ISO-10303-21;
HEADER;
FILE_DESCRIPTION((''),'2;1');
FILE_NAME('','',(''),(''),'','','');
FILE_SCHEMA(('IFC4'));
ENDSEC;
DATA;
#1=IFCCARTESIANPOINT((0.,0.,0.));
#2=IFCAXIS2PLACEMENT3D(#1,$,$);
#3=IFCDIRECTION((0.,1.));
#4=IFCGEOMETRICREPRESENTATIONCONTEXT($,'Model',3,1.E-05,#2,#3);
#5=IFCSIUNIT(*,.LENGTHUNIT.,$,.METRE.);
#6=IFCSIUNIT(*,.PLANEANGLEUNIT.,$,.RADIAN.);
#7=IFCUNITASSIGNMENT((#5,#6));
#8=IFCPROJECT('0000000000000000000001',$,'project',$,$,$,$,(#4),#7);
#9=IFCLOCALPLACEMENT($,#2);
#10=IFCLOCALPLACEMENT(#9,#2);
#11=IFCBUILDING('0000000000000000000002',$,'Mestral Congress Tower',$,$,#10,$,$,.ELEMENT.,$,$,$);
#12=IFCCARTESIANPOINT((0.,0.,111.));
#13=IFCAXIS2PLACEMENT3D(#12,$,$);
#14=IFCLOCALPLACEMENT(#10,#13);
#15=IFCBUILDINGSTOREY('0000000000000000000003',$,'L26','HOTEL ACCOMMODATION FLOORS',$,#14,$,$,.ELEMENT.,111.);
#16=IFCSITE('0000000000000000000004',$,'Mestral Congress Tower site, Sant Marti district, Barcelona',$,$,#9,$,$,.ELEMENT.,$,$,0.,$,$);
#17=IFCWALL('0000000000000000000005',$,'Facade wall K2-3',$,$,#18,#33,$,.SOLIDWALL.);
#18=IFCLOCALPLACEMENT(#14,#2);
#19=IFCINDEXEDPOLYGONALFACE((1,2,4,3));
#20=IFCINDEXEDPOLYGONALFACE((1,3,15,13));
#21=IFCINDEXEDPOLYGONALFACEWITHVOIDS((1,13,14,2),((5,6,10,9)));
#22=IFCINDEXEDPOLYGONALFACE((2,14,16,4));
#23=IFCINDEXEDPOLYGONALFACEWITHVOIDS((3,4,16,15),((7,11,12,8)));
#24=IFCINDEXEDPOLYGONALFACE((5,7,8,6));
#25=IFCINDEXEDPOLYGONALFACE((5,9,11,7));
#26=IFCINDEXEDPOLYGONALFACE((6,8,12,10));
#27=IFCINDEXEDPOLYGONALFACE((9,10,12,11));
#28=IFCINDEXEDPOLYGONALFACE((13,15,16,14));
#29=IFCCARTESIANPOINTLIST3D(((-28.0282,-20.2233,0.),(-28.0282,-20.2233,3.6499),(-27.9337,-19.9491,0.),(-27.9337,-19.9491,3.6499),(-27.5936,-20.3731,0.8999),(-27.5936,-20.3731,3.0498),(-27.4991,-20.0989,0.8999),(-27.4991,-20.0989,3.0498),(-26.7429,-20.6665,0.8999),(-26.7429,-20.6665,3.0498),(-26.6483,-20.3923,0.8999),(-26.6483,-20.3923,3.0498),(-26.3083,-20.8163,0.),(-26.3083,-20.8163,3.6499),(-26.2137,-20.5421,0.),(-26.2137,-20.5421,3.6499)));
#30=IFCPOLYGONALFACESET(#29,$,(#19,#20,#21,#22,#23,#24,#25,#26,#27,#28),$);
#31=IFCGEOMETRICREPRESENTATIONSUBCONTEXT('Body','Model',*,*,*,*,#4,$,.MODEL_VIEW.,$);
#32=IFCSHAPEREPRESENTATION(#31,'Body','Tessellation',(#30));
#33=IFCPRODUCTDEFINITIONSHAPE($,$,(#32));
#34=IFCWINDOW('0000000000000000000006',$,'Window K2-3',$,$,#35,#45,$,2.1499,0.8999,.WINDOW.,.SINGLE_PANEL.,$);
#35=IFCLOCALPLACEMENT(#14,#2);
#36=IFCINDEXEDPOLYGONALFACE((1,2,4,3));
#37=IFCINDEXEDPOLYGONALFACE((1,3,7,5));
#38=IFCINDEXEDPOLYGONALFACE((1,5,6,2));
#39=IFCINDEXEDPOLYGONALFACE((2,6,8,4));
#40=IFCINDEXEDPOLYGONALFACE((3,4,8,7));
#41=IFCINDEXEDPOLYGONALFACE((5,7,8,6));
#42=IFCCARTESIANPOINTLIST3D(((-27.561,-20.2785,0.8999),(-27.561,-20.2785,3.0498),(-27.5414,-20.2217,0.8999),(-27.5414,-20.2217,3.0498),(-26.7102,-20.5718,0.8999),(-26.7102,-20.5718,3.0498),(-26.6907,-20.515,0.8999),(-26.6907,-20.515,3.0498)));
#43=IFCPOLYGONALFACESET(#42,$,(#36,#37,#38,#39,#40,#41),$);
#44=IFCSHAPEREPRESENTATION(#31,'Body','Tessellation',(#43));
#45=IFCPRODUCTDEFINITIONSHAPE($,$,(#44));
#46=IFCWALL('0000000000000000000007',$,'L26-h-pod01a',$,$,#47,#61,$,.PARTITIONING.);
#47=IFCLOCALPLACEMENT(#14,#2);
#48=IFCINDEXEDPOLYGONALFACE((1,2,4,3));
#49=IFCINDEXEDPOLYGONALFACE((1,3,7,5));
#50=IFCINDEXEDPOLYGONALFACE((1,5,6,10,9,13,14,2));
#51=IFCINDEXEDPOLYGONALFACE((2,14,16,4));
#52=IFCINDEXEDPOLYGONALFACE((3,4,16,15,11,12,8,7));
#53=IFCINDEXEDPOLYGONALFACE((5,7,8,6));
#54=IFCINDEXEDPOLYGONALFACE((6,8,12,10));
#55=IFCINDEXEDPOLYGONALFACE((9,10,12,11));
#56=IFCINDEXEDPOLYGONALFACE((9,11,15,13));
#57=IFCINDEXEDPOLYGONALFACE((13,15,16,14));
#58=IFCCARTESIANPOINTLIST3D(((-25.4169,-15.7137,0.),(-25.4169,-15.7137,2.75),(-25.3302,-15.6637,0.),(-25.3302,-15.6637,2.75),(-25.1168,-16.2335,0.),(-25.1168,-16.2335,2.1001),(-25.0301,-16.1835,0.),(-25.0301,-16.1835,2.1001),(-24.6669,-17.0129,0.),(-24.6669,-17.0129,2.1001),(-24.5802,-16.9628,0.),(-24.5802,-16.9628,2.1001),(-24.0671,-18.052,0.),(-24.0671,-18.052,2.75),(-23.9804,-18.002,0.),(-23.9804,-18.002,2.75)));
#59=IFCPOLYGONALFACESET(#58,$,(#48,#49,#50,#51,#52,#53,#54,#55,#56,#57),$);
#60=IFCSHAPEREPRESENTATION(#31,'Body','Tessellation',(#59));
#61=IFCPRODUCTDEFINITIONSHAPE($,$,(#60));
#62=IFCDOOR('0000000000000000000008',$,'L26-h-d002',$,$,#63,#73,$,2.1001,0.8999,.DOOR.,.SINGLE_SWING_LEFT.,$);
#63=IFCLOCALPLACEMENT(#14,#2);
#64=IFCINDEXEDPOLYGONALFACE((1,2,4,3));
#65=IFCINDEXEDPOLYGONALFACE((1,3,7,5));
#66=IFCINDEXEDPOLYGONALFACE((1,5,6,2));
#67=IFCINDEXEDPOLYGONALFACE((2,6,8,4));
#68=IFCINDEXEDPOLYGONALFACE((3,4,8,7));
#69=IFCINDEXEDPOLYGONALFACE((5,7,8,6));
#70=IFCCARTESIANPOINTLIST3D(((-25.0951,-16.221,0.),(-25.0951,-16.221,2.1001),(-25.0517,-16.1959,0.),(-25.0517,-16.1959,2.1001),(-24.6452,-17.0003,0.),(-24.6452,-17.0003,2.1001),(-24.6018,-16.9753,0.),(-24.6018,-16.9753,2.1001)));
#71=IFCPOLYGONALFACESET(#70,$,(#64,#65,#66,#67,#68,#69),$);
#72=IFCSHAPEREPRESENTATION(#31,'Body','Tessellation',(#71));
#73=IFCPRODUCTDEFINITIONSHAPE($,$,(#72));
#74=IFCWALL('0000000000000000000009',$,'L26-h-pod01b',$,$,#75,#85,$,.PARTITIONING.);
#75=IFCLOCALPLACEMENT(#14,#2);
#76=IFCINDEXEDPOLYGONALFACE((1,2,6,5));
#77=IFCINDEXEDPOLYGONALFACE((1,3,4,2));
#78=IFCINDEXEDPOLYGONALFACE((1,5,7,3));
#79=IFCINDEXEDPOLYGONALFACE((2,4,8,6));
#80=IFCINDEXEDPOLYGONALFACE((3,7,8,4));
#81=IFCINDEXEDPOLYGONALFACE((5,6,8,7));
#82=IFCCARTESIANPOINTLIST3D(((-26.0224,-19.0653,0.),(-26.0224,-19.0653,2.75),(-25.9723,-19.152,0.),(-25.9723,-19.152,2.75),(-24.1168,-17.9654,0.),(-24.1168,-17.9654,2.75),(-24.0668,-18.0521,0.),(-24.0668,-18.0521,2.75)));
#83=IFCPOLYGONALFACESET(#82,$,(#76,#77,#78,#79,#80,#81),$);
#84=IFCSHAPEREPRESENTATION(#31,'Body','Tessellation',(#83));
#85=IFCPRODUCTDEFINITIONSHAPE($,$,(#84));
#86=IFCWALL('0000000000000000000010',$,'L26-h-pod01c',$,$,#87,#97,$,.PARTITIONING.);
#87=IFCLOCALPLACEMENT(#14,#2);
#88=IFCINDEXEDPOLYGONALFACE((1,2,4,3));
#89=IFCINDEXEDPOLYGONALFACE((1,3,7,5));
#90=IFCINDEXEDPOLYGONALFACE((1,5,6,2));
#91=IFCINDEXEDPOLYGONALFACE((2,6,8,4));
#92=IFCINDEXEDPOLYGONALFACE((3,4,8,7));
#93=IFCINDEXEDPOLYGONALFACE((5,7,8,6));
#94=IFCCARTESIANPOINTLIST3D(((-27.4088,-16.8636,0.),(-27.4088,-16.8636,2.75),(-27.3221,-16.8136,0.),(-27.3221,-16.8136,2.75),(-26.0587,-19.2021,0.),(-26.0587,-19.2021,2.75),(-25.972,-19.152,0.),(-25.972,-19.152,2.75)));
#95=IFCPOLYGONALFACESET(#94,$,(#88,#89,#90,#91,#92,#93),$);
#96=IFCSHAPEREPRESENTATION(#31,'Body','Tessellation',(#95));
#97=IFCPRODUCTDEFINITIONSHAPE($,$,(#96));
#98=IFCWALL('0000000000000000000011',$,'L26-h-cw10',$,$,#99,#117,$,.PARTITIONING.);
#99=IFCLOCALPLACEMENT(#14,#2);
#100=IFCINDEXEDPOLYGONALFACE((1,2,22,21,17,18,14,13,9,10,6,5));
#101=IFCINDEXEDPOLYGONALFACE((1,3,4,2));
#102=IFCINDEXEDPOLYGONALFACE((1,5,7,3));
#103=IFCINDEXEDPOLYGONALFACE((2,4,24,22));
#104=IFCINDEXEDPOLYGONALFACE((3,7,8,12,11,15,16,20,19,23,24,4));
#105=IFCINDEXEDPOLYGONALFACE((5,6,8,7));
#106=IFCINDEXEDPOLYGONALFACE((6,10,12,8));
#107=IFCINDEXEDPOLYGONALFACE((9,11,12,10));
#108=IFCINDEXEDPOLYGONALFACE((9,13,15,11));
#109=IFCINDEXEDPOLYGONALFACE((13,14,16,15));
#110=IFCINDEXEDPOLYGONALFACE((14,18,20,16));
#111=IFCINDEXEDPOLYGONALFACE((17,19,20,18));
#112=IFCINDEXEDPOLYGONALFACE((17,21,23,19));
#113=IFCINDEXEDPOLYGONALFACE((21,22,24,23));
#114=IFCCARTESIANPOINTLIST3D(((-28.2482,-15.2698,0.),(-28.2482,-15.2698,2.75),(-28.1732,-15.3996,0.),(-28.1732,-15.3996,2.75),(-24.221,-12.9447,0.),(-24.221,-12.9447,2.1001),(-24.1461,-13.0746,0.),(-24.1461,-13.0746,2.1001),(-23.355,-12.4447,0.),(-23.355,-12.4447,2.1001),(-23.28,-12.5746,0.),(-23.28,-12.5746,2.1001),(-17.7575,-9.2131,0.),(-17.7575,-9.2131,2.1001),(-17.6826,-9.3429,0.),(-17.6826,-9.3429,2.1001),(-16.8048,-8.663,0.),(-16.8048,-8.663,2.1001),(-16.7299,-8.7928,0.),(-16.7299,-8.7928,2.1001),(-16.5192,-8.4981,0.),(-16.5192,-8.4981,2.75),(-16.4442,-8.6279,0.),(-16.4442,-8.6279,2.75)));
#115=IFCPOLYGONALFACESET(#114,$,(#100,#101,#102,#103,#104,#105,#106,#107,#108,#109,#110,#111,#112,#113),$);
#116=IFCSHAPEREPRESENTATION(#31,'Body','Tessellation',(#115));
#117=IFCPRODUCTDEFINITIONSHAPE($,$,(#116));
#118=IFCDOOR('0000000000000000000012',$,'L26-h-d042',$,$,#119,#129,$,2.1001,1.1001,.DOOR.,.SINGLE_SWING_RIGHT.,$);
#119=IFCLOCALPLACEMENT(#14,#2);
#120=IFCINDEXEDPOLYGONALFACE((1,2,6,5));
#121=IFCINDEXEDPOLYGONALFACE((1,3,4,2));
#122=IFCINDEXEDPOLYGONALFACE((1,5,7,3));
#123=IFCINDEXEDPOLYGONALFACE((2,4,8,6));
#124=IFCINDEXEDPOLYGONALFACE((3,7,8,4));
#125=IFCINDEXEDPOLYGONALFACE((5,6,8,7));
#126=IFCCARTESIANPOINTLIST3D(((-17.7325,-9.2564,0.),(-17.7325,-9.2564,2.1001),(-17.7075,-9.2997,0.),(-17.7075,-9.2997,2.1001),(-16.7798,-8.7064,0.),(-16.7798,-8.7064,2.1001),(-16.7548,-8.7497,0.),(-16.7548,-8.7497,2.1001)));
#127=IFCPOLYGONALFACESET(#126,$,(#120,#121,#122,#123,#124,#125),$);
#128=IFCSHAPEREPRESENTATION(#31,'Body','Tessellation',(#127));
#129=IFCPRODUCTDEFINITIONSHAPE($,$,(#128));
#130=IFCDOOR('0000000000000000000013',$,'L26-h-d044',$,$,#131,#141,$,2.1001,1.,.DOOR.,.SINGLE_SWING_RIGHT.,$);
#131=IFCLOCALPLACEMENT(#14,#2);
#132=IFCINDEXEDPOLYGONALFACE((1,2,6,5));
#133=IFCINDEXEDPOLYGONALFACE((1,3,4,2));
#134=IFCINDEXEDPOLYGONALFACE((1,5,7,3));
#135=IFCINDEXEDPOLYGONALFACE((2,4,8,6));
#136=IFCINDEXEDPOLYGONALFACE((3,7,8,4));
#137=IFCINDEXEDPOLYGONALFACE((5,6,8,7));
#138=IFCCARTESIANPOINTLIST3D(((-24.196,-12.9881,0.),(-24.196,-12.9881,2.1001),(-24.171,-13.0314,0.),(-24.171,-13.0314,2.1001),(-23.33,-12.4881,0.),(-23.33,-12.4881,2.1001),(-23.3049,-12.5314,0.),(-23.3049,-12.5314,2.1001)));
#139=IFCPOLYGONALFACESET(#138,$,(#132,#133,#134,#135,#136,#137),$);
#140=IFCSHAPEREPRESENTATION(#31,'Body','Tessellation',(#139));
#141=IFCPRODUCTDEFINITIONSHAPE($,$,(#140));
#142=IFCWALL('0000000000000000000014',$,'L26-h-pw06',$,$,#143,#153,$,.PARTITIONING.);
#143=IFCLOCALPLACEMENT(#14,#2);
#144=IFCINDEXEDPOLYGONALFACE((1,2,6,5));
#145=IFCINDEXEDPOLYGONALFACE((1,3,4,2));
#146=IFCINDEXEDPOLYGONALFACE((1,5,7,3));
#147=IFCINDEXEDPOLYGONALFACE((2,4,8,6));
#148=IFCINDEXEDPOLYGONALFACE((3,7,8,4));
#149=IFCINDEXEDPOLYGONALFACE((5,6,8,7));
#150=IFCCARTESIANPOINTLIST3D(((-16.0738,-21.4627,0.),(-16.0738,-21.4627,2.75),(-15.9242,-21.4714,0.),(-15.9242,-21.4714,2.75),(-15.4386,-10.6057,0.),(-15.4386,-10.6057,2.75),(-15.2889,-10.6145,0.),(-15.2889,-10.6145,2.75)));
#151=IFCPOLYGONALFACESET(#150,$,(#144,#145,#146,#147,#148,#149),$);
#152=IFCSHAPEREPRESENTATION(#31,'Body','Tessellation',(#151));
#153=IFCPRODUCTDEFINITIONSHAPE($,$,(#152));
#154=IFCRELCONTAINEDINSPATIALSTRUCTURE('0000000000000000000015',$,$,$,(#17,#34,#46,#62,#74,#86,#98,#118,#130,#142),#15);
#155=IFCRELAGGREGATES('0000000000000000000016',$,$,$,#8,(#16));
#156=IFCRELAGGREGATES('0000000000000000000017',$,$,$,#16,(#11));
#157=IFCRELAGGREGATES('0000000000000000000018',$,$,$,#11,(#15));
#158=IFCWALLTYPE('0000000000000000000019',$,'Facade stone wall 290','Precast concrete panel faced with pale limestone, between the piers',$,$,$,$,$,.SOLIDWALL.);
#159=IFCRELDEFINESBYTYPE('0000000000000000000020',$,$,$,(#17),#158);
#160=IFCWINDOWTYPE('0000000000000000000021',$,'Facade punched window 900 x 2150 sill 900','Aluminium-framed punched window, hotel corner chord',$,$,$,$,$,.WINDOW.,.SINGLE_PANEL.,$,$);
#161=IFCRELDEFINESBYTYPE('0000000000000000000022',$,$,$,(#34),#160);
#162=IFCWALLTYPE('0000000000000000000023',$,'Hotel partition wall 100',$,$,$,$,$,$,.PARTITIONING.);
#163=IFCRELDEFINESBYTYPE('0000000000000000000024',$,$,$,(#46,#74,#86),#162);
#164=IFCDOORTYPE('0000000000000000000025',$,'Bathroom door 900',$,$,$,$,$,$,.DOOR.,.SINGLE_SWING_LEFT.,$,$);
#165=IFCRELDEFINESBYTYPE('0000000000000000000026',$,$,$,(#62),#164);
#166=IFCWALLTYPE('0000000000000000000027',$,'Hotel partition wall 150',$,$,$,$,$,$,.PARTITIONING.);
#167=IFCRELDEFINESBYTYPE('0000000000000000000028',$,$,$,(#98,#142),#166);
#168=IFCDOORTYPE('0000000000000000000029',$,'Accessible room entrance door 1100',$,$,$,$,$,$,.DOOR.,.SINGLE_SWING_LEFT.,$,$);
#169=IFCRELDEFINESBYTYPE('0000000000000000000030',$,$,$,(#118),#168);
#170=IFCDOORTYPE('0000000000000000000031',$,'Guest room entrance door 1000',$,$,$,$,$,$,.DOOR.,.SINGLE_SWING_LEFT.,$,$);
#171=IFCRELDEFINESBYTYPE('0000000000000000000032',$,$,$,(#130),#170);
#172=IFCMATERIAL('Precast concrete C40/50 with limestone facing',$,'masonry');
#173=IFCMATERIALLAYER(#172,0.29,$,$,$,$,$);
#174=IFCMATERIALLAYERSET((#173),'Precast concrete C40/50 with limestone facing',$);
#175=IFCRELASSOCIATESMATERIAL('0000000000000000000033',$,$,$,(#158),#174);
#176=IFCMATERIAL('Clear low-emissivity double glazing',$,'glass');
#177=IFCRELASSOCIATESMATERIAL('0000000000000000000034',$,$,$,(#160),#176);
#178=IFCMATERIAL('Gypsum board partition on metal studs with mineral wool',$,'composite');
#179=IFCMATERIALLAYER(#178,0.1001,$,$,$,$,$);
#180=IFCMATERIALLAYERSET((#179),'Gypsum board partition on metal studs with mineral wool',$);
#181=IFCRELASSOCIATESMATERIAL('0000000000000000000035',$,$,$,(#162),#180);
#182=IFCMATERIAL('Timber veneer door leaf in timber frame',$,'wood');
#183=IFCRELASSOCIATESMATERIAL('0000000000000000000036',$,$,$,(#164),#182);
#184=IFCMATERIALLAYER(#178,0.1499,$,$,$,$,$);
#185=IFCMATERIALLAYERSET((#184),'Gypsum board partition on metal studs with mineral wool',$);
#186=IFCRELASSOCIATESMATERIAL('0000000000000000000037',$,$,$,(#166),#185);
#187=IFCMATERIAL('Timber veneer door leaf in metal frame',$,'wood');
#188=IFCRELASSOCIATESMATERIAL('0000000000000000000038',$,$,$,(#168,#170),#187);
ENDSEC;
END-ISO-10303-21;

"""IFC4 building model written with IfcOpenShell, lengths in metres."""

from ifc_helpers import new_model, si_unit, direction, frame, frame_2d, origin, place, context, subcontext, project, spatial, rectangle, extrude, material, layer, layer_set, type_object, element, fill, save


model = new_model("IFC4")

# Units and contexts
model_context = context("Model", 3, precision=1e-05, world=origin(), true_north=direction((0.0, 1.0)))
body_context = subcontext(model_context, "Body", "Model", "MODEL_VIEW")
ifc_project = project(units=[si_unit("LENGTHUNIT", "METRE"), si_unit("PLANEANGLEUNIT", "RADIAN")], contexts=[model_context])

# Site, building, storey
site_placement = place(None, origin())
site = spatial("IfcSite", under=ifc_project, at=site_placement, Name="Mestral Congress Tower site, Sant Marti district, Barcelona", CompositionType="ELEMENT", RefElevation=0.0)
building_placement = place(site_placement, origin())
building = spatial("IfcBuilding", under=site, at=building_placement, Name="Mestral Congress Tower", CompositionType="ELEMENT")
storey_placement = place(building_placement, frame((0.0, 0.0, 111.0)))
storey = spatial("IfcBuildingStorey", under=building, at=storey_placement, Name="L26", Description="HOTEL ACCOMMODATION FLOORS", CompositionType="ELEMENT", Elevation=111.0)

# Shared definitions
ifc_material_1 = material(Name="Precast concrete C40/50 with limestone facing", Category="masonry")
ifc_layer_1 = layer(ifc_material_1, 0.29)
ifc_layer_set_1 = layer_set([ifc_layer_1], Name="Precast concrete C40/50 with limestone facing")
wall_type_1 = type_object("IfcWallType", Name="Facade stone wall 290", Description="Precast concrete panel faced with pale limestone, between the piers", PredefinedType="SOLIDWALL", material=ifc_layer_set_1)
ifc_material_2 = material(Name="Clear low-emissivity double glazing", Category="glass")

# Wall, opening, window
wall_1_placement = place(storey_placement, frame((-27.981, -20.0862, 0.0), z_axis=(0.0, 0.0, 1.0), x_axis=(0.945386, -0.325953, 0.0)))
wall_1 = element("IfcWall", 1, at=wall_1_placement, inside=storey, type_object=wall_type_1, Name="Facade wall K2-3", PredefinedType="SOLIDWALL", context=body_context, shape_type="SweptSolid", body=[
    extrude(rectangle(XDim=1.8193, YDim=0.29, at=frame_2d((0.9097, 0.0))), origin(), (0.0, 0.0, 1.0), 3.6499),
])
opening_1_placement = place(wall_1_placement, frame((0.4597, 0.0, 0.8999)))
opening_1 = element("IfcOpeningElement", 2, at=opening_1_placement, cuts=wall_1, PredefinedType="OPENING", context=body_context, shape_type="SweptSolid", body=[
    extrude(rectangle(XDim=0.8999, YDim=2.1499, at=frame_2d((0.45, 1.075))), frame((0.0, 0.155, 0.0), z_axis=(0.0, -1.0, 0.0), x_axis=(1.0, 0.0, 0.0)), (0.0, 0.0, 1.0), 0.3101),
])
window_type_1 = type_object("IfcWindowType", Name="Facade punched window 900 x 2150 sill 900", Description="Aluminium-framed punched window, hotel corner chord", PartitioningType="SINGLE_PANEL", PredefinedType="WINDOW", material=ifc_material_2)
window_1_placement = place(opening_1_placement, origin())
window_1 = element("IfcWindow", 3, at=window_1_placement, inside=storey, type_object=window_type_1, Name="Window K2-3", OverallHeight=2.1499, OverallWidth=0.8999, PartitioningType="SINGLE_PANEL", PredefinedType="WINDOW", context=body_context, shape_type="SweptSolid", body=[
    extrude(rectangle(XDim=0.8999, YDim=2.1499, at=frame_2d((0.45, 1.075))), frame((0.0, 0.0151, 0.0), z_axis=(0.0, -1.0, 0.0), x_axis=(1.0, 0.0, 0.0)), (0.0, 0.0, 1.0), 0.0601),
])
fill(opening_1, window_1)

# Wall, opening, door
ifc_material_3 = material(Name="Gypsum board partition on metal studs with mineral wool", Category="composite")
ifc_layer_2 = layer(ifc_material_3, 0.1001)
ifc_layer_set_2 = layer_set([ifc_layer_2], Name="Gypsum board partition on metal studs with mineral wool")
wall_type_2 = type_object("IfcWallType", Name="Hotel partition wall 100", PredefinedType="PARTITIONING", material=ifc_layer_set_2)
wall_2_placement = place(storey_placement, frame((-24.0237, -18.0271, 0.0), z_axis=(0.0, 0.0, 1.0), x_axis=(-0.499942, 0.866059, 0.0)))
wall_2 = element("IfcWall", 4, at=wall_2_placement, inside=storey, type_object=wall_type_2, Name="L26-h-pod01a", PredefinedType="PARTITIONING", context=body_context, shape_type="SweptSolid", body=[
    extrude(rectangle(XDim=2.7, YDim=0.1001, at=frame_2d((1.3501, 0.0))), origin(), (0.0, 0.0, 1.0), 2.75),
])
opening_2_placement = place(wall_2_placement, frame((1.2, 0.0, 0.0)))
opening_2 = element("IfcOpeningElement", 5, at=opening_2_placement, cuts=wall_2, PredefinedType="OPENING", context=body_context, shape_type="SweptSolid", body=[
    extrude(rectangle(XDim=0.8999, YDim=2.1001, at=frame_2d((0.45, 1.05))), frame((0.0, 0.0601, 0.0), z_axis=(0.0, -1.0, 0.0), x_axis=(1.0, 0.0, 0.0)), (0.0, 0.0, 1.0), 0.1201),
])
ifc_material_4 = material(Name="Timber veneer door leaf in timber frame", Category="wood")
door_type_1 = type_object("IfcDoorType", Name="Bathroom door 900", OperationType="SINGLE_SWING_LEFT", PredefinedType="DOOR", material=ifc_material_4)
door_1_placement = place(opening_2_placement, origin())
door_1 = element("IfcDoor", 6, at=door_1_placement, inside=storey, type_object=door_type_1, Name="L26-h-d002", OperationType="SINGLE_SWING_LEFT", OverallHeight=2.1001, OverallWidth=0.8999, PredefinedType="DOOR", context=body_context, shape_type="SweptSolid", body=[
    extrude(rectangle(XDim=0.8999, YDim=2.1001, at=frame_2d((0.45, 1.05))), frame((0.0, 0.0249, 0.0), z_axis=(0.0, -1.0, 0.0), x_axis=(1.0, 0.0, 0.0)), (0.0, 0.0, 1.0), 0.05),
])
fill(opening_2, door_1)

# Walls
wall_3_placement = place(storey_placement, frame((-24.0918, -18.0088, 0.0), z_axis=(0.0, 0.0, 1.0), x_axis=(-0.866084, -0.499899, 0.0)))
element("IfcWall", 7, at=wall_3_placement, inside=storey, type_object=wall_type_2, Name="L26-h-pod01b", PredefinedType="PARTITIONING", context=body_context, shape_type="SweptSolid", body=[
    extrude(rectangle(XDim=2.2002, YDim=0.1001, at=frame_2d((1.1001, 0.0))), origin(), (0.0, 0.0, 1.0), 2.75),
])
wall_4_placement = place(storey_placement, frame((-27.3655, -16.8386, 0.0), z_axis=(0.0, 0.0, 1.0), x_axis=(0.500009, -0.86602, 0.0)))
element("IfcWall", 8, at=wall_4_placement, inside=storey, type_object=wall_type_2, Name="L26-h-pod01c", PredefinedType="PARTITIONING", context=body_context, shape_type="SweptSolid", body=[
    extrude(rectangle(XDim=2.7002, YDim=0.1001, at=frame_2d((1.3501, 0.0))), origin(), (0.0, 0.0, 1.0), 2.75),
])

# Wall, openings, doors
ifc_layer_3 = layer(ifc_material_3, 0.1499)
ifc_layer_set_3 = layer_set([ifc_layer_3], Name="Gypsum board partition on metal studs with mineral wool")
wall_type_3 = type_object("IfcWallType", Name="Hotel partition wall 150", PredefinedType="PARTITIONING", material=ifc_layer_set_3)
wall_5_placement = place(storey_placement, frame((-28.2107, -15.3347, 0.0), z_axis=(0.0, 0.0, 1.0), x_axis=(0.866026, 0.499999, 0.0)))
wall_5 = element("IfcWall", 9, at=wall_5_placement, inside=storey, type_object=wall_type_3, Name="L26-h-cw10", PredefinedType="PARTITIONING", context=body_context, shape_type="SweptSolid", body=[
    extrude(rectangle(XDim=13.5435, YDim=0.1499, at=frame_2d((6.7717, 0.0))), origin(), (0.0, 0.0, 1.0), 2.75),
])
opening_3_placement = place(wall_5_placement, frame((12.1135, 0.0, 0.0)))
opening_3 = element("IfcOpeningElement", 10, at=opening_3_placement, cuts=wall_5, PredefinedType="OPENING", context=body_context, shape_type="SweptSolid", body=[
    extrude(rectangle(XDim=1.1001, YDim=2.1001, at=frame_2d((0.55, 1.05))), frame((0.0, 0.085, 0.0), z_axis=(0.0, -1.0, 0.0), x_axis=(1.0, 0.0, 0.0)), (0.0, 0.0, 1.0), 0.1699),
])
opening_4_placement = place(wall_5_placement, frame((4.6501, 0.0, 0.0)))
opening_4 = element("IfcOpeningElement", 11, at=opening_4_placement, cuts=wall_5, PredefinedType="OPENING", context=body_context, shape_type="SweptSolid", body=[
    extrude(rectangle(XDim=1.0, YDim=2.1001, at=frame_2d((0.5, 1.05))), frame((0.0, 0.085, 0.0), z_axis=(0.0, -1.0, 0.0), x_axis=(1.0, 0.0, 0.0)), (0.0, 0.0, 1.0), 0.1699),
])
ifc_material_5 = material(Name="Timber veneer door leaf in metal frame", Category="wood")
door_type_2 = type_object("IfcDoorType", Name="Accessible room entrance door 1100", OperationType="SINGLE_SWING_LEFT", PredefinedType="DOOR", material=ifc_material_5)
door_2_placement = place(opening_3_placement, origin())
door_2 = element("IfcDoor", 12, at=door_2_placement, inside=storey, type_object=door_type_2, Name="L26-h-d042", OperationType="SINGLE_SWING_RIGHT", OverallHeight=2.1001, OverallWidth=1.1001, PredefinedType="DOOR", context=body_context, shape_type="SweptSolid", body=[
    extrude(rectangle(XDim=1.1001, YDim=2.1001, at=frame_2d((0.55, 1.05))), frame((0.0, 0.0249, 0.0), z_axis=(0.0, -1.0, 0.0), x_axis=(1.0, 0.0, 0.0)), (0.0, 0.0, 1.0), 0.05),
])
fill(opening_3, door_2)
door_type_3 = type_object("IfcDoorType", Name="Guest room entrance door 1000", OperationType="SINGLE_SWING_LEFT", PredefinedType="DOOR", material=ifc_material_5)
door_3_placement = place(opening_4_placement, origin())
door_3 = element("IfcDoor", 13, at=door_3_placement, inside=storey, type_object=door_type_3, Name="L26-h-d044", OperationType="SINGLE_SWING_RIGHT", OverallHeight=2.1001, OverallWidth=1.0, PredefinedType="DOOR", context=body_context, shape_type="SweptSolid", body=[
    extrude(rectangle(XDim=1.0, YDim=2.1001, at=frame_2d((0.5, 1.05))), frame((0.0, 0.0249, 0.0), z_axis=(0.0, -1.0, 0.0), x_axis=(1.0, 0.0, 0.0)), (0.0, 0.0, 1.0), 0.05),
])
fill(opening_4, door_3)

# Wall
wall_6_placement = place(storey_placement, frame((-15.999, -21.467, 0.0), z_axis=(0.0, 0.0, 1.0), x_axis=(0.058411, 0.998293, 0.0)))
element("IfcWall", 14, at=wall_6_placement, inside=storey, type_object=wall_type_3, Name="L26-h-pw06", PredefinedType="PARTITIONING", context=body_context, shape_type="SweptSolid", body=[
    extrude(rectangle(XDim=10.8755, YDim=0.1499, at=frame_2d((5.4377, 0.0))), origin(), (0.0, 0.0, 1.0), 2.75),
])

save(model, "model.ifc")
